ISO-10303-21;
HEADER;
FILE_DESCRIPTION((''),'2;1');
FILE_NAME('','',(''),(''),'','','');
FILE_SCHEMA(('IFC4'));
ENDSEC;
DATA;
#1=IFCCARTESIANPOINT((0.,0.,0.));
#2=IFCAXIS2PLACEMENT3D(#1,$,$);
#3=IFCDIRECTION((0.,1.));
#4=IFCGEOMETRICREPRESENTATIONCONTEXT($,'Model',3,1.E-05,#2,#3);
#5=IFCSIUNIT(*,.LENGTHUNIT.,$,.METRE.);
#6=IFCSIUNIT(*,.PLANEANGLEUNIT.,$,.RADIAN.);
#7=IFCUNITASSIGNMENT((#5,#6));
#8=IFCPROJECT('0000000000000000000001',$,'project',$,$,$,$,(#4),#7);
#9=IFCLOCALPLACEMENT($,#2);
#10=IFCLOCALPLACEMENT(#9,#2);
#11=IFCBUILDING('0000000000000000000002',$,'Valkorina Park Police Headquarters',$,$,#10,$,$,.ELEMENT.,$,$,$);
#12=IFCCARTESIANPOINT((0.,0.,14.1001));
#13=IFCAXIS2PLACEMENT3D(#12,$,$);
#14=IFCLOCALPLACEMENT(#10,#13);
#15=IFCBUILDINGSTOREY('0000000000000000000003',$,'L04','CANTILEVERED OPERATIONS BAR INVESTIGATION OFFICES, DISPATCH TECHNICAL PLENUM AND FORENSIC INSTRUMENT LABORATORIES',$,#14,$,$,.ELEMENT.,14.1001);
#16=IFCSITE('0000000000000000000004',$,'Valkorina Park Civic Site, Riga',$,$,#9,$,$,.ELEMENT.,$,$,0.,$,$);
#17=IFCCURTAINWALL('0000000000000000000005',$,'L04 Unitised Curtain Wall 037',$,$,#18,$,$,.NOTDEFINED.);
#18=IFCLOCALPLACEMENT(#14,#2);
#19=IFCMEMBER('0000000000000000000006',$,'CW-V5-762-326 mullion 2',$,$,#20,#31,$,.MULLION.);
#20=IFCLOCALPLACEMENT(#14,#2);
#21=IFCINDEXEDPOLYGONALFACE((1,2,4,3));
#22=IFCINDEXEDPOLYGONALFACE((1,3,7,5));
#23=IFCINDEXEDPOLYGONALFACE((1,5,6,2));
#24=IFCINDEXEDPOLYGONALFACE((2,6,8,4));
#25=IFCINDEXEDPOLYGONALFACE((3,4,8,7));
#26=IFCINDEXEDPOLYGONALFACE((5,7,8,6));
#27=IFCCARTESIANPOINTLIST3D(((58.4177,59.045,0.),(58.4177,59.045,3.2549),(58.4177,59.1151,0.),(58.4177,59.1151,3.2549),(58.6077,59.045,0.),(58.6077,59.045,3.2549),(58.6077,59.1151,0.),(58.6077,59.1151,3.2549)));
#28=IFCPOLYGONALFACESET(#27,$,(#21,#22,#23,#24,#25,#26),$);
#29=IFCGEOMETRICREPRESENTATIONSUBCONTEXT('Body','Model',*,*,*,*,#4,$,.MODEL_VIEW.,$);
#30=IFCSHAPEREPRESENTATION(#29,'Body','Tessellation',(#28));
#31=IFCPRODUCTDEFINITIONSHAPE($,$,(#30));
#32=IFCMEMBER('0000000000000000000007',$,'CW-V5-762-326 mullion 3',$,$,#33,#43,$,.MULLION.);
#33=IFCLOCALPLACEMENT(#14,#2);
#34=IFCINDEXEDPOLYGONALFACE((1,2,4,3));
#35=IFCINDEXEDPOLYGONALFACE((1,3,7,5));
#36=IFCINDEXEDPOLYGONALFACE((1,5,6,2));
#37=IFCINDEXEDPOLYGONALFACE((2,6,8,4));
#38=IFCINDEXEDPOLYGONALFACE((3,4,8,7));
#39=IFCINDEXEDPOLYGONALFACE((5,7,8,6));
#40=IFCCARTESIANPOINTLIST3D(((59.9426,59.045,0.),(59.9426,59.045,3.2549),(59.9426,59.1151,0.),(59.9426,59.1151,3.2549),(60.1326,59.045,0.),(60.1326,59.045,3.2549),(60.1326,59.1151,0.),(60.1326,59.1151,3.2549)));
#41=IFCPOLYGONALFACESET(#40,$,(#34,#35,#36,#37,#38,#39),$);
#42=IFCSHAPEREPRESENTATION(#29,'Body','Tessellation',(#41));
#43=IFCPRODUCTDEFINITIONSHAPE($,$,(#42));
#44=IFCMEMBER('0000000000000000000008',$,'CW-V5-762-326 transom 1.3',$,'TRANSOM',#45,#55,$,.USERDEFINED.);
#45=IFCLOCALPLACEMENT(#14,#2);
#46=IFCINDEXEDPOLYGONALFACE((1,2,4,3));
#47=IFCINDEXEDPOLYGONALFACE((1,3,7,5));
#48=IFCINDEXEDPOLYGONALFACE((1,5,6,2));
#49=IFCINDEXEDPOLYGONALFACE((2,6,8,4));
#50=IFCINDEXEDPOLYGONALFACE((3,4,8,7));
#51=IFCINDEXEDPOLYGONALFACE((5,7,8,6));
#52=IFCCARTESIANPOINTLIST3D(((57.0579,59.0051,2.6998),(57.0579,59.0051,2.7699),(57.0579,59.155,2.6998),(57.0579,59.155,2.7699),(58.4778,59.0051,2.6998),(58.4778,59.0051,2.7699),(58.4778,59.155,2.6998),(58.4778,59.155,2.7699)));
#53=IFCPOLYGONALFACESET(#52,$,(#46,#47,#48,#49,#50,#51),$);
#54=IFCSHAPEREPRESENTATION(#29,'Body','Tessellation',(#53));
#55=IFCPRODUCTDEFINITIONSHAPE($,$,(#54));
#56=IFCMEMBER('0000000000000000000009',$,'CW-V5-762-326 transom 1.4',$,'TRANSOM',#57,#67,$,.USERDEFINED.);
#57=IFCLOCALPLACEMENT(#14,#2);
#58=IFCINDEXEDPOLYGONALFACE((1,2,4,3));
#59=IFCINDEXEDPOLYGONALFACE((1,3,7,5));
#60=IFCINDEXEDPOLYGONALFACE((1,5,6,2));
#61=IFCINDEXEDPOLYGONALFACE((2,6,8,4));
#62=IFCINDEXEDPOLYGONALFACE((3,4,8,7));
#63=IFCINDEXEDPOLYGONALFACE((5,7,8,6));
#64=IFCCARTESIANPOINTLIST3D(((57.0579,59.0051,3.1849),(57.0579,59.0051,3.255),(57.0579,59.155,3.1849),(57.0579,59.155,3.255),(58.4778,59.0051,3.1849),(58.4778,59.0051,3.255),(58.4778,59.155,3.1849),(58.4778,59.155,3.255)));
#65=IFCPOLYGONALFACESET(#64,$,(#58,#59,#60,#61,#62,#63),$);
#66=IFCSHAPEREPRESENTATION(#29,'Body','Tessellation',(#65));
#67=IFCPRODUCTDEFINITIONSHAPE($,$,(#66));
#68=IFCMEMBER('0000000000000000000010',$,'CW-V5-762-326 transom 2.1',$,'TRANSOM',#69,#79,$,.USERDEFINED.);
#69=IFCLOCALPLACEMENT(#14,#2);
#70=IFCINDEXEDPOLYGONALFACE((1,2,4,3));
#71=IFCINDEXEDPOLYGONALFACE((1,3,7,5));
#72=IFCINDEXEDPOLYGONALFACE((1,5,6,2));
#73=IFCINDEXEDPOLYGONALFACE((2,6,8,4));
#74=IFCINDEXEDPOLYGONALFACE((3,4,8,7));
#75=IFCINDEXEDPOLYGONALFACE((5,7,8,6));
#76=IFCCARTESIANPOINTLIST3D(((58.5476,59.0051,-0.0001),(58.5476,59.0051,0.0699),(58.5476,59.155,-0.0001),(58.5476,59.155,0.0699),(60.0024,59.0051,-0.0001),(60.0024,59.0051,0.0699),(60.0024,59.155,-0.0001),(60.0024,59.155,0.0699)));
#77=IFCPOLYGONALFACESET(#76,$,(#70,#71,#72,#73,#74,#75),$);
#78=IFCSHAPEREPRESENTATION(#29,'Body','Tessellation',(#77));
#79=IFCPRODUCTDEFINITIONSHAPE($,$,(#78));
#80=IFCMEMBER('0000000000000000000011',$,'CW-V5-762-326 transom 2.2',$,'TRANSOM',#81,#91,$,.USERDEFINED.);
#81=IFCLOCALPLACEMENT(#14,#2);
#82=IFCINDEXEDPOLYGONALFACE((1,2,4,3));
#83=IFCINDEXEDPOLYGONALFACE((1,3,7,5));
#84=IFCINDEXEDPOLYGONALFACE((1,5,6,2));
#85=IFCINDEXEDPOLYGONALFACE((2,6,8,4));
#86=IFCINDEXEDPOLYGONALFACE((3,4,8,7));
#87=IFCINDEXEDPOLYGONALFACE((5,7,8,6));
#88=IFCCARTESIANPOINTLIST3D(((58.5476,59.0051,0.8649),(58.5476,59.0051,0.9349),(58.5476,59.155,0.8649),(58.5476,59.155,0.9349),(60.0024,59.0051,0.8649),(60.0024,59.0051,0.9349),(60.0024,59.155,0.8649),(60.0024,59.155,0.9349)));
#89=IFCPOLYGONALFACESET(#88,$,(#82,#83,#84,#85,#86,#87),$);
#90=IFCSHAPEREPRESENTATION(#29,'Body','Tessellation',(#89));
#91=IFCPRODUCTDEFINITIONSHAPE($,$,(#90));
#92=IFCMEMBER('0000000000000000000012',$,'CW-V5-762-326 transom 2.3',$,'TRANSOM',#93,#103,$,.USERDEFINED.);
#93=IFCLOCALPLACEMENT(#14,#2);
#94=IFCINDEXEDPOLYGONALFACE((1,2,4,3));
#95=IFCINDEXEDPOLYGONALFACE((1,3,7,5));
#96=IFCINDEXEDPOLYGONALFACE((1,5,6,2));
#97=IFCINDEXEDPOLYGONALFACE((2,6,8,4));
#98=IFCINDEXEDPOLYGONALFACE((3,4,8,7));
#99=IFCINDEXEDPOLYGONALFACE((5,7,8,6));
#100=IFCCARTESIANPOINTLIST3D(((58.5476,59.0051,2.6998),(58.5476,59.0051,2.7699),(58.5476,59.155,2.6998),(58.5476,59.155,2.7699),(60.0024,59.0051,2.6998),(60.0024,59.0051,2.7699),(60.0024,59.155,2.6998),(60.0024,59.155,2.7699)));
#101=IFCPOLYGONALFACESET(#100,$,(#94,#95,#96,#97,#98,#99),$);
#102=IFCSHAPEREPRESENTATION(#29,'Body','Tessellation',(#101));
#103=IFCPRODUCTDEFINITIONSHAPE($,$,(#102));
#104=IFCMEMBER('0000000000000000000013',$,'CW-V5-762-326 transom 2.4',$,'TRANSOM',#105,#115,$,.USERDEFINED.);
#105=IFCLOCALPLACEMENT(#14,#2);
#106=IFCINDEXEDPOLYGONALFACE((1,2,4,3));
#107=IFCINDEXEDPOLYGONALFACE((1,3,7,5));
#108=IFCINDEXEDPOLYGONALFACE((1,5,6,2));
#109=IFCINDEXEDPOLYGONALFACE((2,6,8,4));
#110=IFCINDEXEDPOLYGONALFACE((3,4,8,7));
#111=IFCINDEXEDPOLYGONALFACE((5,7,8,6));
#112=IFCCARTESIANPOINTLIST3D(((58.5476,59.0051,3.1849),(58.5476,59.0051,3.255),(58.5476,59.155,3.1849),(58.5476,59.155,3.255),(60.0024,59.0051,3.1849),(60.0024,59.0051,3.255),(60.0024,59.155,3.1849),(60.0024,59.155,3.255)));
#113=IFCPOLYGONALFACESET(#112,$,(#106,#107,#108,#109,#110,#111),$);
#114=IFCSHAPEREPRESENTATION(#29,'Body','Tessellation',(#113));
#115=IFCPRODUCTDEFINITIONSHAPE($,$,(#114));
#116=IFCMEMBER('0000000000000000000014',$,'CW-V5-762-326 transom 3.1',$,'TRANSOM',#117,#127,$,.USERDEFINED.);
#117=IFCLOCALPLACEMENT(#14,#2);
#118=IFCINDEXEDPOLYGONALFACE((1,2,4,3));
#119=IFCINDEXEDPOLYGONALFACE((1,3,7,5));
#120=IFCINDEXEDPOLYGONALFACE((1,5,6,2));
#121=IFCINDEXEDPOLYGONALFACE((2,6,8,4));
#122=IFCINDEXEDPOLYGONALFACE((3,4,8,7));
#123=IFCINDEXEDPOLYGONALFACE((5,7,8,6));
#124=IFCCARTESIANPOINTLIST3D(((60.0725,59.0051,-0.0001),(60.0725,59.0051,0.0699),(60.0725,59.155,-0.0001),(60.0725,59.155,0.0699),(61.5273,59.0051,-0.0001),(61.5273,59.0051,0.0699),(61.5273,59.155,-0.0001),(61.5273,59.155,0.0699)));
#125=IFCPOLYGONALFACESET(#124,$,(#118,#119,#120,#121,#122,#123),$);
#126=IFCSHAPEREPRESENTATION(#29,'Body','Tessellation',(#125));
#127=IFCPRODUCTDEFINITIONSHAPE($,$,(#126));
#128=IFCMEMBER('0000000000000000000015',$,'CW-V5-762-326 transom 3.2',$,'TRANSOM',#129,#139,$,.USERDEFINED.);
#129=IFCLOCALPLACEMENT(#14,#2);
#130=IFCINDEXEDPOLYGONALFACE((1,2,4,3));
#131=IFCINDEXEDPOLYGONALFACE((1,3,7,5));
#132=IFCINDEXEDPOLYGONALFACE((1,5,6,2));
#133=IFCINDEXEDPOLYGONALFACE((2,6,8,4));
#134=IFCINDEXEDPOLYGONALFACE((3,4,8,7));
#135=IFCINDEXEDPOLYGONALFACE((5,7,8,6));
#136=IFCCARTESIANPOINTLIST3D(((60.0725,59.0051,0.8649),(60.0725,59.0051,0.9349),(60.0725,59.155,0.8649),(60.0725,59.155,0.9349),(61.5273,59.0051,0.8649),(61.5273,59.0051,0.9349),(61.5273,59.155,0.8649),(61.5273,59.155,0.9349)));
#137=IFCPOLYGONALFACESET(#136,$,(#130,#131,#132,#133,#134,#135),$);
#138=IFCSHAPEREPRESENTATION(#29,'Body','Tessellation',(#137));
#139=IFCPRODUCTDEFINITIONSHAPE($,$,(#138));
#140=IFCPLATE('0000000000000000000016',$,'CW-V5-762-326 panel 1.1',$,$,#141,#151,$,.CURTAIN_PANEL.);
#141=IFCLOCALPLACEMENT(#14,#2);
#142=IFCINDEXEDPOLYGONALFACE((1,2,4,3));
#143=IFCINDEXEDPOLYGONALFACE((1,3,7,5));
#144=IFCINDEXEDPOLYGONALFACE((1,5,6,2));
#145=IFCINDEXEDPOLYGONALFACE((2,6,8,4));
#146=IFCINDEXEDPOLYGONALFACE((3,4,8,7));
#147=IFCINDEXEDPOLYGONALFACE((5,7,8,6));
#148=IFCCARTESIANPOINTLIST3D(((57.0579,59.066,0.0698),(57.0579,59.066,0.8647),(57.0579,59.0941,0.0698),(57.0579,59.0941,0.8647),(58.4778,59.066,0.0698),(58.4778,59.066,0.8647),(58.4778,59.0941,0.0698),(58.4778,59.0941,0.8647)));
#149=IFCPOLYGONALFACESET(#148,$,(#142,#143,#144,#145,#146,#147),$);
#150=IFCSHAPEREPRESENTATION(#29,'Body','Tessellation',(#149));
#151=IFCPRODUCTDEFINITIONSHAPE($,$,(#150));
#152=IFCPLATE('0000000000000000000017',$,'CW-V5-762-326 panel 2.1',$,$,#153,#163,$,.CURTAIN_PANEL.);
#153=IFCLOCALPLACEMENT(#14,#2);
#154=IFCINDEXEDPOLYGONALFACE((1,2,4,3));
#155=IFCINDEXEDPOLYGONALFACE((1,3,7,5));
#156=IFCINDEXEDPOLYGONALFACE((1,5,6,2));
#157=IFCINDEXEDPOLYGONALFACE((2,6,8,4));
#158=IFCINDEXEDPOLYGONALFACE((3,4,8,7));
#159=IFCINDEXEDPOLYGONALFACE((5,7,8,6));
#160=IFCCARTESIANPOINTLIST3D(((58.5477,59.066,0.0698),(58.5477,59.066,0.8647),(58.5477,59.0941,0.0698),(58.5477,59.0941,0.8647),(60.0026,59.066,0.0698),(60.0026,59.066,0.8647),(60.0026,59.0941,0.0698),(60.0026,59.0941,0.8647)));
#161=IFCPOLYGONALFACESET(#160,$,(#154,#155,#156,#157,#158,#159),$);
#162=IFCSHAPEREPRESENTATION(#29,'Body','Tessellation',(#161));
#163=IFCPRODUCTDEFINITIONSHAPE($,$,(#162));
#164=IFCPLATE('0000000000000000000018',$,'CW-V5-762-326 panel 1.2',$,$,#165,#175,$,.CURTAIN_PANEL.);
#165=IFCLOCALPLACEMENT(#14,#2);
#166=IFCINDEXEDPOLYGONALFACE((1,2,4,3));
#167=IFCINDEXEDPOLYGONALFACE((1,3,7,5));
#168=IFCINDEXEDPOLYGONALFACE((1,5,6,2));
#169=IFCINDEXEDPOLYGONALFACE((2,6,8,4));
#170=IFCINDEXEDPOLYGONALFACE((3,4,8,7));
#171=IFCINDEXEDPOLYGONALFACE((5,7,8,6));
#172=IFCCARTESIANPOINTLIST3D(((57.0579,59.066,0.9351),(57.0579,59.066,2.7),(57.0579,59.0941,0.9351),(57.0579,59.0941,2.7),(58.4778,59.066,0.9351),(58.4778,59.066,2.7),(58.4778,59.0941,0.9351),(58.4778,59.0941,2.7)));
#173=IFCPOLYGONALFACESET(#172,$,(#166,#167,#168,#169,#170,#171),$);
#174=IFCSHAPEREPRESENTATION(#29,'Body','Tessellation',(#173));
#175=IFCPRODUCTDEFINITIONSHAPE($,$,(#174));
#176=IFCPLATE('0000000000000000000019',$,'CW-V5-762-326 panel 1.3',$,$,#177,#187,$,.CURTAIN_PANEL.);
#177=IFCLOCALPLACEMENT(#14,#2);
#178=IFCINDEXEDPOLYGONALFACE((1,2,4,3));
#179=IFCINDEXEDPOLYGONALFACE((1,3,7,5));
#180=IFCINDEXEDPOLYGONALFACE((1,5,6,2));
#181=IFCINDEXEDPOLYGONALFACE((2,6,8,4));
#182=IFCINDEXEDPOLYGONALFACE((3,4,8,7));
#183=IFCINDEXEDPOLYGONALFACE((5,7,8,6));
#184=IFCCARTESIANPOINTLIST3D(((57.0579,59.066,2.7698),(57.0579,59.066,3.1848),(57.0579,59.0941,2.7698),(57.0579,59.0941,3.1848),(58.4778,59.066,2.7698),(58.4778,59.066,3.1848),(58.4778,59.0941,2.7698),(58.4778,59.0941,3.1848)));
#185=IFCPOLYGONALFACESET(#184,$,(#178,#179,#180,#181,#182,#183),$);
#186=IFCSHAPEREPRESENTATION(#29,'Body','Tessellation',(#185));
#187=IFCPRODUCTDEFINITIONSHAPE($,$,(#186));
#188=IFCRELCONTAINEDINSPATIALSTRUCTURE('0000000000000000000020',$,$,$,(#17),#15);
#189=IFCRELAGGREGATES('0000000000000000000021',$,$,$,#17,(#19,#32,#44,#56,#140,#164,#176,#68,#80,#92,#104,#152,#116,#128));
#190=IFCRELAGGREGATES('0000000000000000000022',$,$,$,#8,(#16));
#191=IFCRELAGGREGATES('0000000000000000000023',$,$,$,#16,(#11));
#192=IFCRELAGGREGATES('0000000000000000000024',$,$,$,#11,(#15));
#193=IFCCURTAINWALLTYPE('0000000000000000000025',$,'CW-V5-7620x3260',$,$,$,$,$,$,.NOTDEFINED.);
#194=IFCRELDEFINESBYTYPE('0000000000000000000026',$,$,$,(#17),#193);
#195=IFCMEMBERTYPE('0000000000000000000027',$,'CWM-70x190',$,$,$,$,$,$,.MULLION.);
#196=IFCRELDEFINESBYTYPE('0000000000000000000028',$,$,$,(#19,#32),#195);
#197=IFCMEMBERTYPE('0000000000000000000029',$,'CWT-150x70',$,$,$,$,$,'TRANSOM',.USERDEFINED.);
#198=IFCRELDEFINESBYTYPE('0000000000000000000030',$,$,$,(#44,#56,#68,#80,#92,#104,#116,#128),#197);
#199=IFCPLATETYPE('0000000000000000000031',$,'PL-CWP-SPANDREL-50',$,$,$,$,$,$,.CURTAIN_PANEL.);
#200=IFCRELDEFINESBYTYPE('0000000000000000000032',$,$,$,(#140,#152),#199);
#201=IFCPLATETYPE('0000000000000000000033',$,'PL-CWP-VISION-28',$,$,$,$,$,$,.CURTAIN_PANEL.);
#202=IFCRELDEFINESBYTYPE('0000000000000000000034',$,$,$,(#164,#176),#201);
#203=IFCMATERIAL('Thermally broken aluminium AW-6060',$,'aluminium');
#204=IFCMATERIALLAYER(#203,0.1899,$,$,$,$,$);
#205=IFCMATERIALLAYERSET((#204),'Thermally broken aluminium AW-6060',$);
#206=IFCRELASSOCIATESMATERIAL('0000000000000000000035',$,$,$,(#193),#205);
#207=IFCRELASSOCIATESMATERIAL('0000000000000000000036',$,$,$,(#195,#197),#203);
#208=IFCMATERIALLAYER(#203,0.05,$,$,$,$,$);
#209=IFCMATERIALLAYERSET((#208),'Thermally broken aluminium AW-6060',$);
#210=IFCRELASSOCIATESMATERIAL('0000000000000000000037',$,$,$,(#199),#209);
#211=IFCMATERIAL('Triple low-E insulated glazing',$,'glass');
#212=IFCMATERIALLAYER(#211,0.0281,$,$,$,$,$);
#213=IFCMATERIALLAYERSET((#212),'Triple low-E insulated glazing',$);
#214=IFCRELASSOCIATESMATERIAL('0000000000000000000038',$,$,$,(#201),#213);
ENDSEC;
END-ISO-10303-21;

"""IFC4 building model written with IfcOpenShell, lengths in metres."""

from ifc_helpers import new_model, si_unit, direction, frame, origin, origin_2d, place, context, subcontext, project, spatial, rectangle, extrude, material, layer, layer_set, material_profile, profile_set, type_object, element, aggregate, save


model = new_model("IFC4")

# Units and contexts
model_context = context("Model", 3, precision=1e-05, world=origin(), true_north=direction((0.0, 1.0)))
body_context = subcontext(model_context, "Body", "Model", "MODEL_VIEW")
ifc_project = project(units=[si_unit("LENGTHUNIT", "METRE"), si_unit("PLANEANGLEUNIT", "RADIAN")], contexts=[model_context])

# Site, building, storey
site_placement = place(None, origin())
site = spatial("IfcSite", under=ifc_project, at=site_placement, Name="Valkorina Park Civic Site, Riga", CompositionType="ELEMENT", RefElevation=0.0)
building_placement = place(site_placement, origin())
building = spatial("IfcBuilding", under=site, at=building_placement, Name="Valkorina Park Police Headquarters", CompositionType="ELEMENT")
storey_placement = place(building_placement, frame((0.0, 0.0, 14.1001)))
storey = spatial("IfcBuildingStorey", under=building, at=storey_placement, Name="L04", Description="CANTILEVERED OPERATIONS BAR INVESTIGATION OFFICES, DISPATCH TECHNICAL PLENUM AND FORENSIC INSTRUMENT LABORATORIES", CompositionType="ELEMENT", Elevation=14.1001)

# Curtain wall, members, plates
ifc_material_1 = material(Name="Thermally broken aluminium AW-6060", Category="aluminium")
ifc_layer_1 = layer(ifc_material_1, 0.1899)
ifc_layer_set_1 = layer_set([ifc_layer_1], Name="Thermally broken aluminium AW-6060")
curtain_wall_type = type_object("IfcCurtainWallType", Name="CW-V5-7620x3260", PredefinedType="NOTDEFINED", material=ifc_layer_set_1)
curtain_wall_placement = place(storey_placement, origin())
curtain_wall = element("IfcCurtainWall", 1, at=curtain_wall_placement, inside=storey, type_object=curtain_wall_type, Name="L04 Unitised Curtain Wall 037", PredefinedType="NOTDEFINED")
ifc_material_profile_1 = material_profile(ifc_material_1, rectangle(XDim=0.0701, YDim=0.1899, at=origin_2d()), Name="CWM-02 70x190")
ifc_profile_set_1 = profile_set([ifc_material_profile_1], Name="Thermally broken aluminium AW-6060")
member_type_1 = type_object("IfcMemberType", Name="CWM-70x190", PredefinedType="MULLION", material=ifc_profile_set_1)
member_1_placement = place(storey_placement, frame((58.5127, 59.0801, 0.0), z_axis=(0.0, 0.0, 1.0), x_axis=(0.0, 1.0, 0.0)))
member_1 = element("IfcMember", 2, at=member_1_placement, type_object=member_type_1, Name="CW-V5-762-326 mullion 2", PredefinedType="MULLION", context=body_context, shape_type="SweptSolid", body=[
    extrude(rectangle(XDim=0.0701, YDim=0.1899, at=origin_2d()), origin(), (0.0, 0.0, 1.0), 3.2549),
])
member_2_placement = place(storey_placement, frame((60.0376, 59.0801, 0.0), z_axis=(0.0, 0.0, 1.0), x_axis=(0.0, 1.0, 0.0)))
member_2 = element("IfcMember", 3, at=member_2_placement, type_object=member_type_1, Name="CW-V5-762-326 mullion 3", PredefinedType="MULLION", context=body_context, shape_type="SweptSolid", body=[
    extrude(rectangle(XDim=0.0701, YDim=0.1899, at=origin_2d()), origin(), (0.0, 0.0, 1.0), 3.2549),
])
ifc_material_profile_2 = material_profile(ifc_material_1, rectangle(XDim=0.1499, YDim=0.0701, at=origin_2d()), Name="CWT-02 150x70")
ifc_profile_set_2 = profile_set([ifc_material_profile_2], Name="Thermally broken aluminium AW-6060")
member_type_2 = type_object("IfcMemberType", Name="CWT-150x70", ElementType="TRANSOM", PredefinedType="USERDEFINED", material=ifc_profile_set_2)
member_3_placement = place(storey_placement, frame((57.0579, 59.0801, 2.7349), z_axis=(1.0, 0.0, 0.0), x_axis=(0.0, 1.0, 0.0)))
member_3 = element("IfcMember", 4, at=member_3_placement, type_object=member_type_2, Name="CW-V5-762-326 transom 1.3", ObjectType="TRANSOM", PredefinedType="USERDEFINED", context=body_context, shape_type="SweptSolid", body=[
    extrude(rectangle(XDim=0.1499, YDim=0.0701, at=origin_2d()), origin(), (0.0, 0.0, 1.0), 1.4199),
])
member_4_placement = place(storey_placement, frame((57.0579, 59.0801, 3.22), z_axis=(1.0, 0.0, 0.0), x_axis=(0.0, 1.0, 0.0)))
member_4 = element("IfcMember", 5, at=member_4_placement, type_object=member_type_2, Name="CW-V5-762-326 transom 1.4", ObjectType="TRANSOM", PredefinedType="USERDEFINED", context=body_context, shape_type="SweptSolid", body=[
    extrude(rectangle(XDim=0.1499, YDim=0.0701, at=origin_2d()), origin(), (0.0, 0.0, 1.0), 1.4199),
])
member_5_placement = place(storey_placement, frame((58.5476, 59.0801, 0.0349), z_axis=(1.0, 0.0, 0.0), x_axis=(0.0, 1.0, 0.0)))
member_5 = element("IfcMember", 6, at=member_5_placement, type_object=member_type_2, Name="CW-V5-762-326 transom 2.1", ObjectType="TRANSOM", PredefinedType="USERDEFINED", context=body_context, shape_type="SweptSolid", body=[
    extrude(rectangle(XDim=0.1499, YDim=0.0701, at=origin_2d()), origin(), (0.0, 0.0, 1.0), 1.4548),
])
member_6_placement = place(storey_placement, frame((58.5476, 59.0801, 0.8999), z_axis=(1.0, 0.0, 0.0), x_axis=(0.0, 1.0, 0.0)))
member_6 = element("IfcMember", 7, at=member_6_placement, type_object=member_type_2, Name="CW-V5-762-326 transom 2.2", ObjectType="TRANSOM", PredefinedType="USERDEFINED", context=body_context, shape_type="SweptSolid", body=[
    extrude(rectangle(XDim=0.1499, YDim=0.0701, at=origin_2d()), origin(), (0.0, 0.0, 1.0), 1.4548),
])
member_7_placement = place(storey_placement, frame((58.5476, 59.0801, 2.7349), z_axis=(1.0, 0.0, 0.0), x_axis=(0.0, 1.0, 0.0)))
member_7 = element("IfcMember", 8, at=member_7_placement, type_object=member_type_2, Name="CW-V5-762-326 transom 2.3", ObjectType="TRANSOM", PredefinedType="USERDEFINED", context=body_context, shape_type="SweptSolid", body=[
    extrude(rectangle(XDim=0.1499, YDim=0.0701, at=origin_2d()), origin(), (0.0, 0.0, 1.0), 1.4548),
])
member_8_placement = place(storey_placement, frame((58.5476, 59.0801, 3.22), z_axis=(1.0, 0.0, 0.0), x_axis=(0.0, 1.0, 0.0)))
member_8 = element("IfcMember", 9, at=member_8_placement, type_object=member_type_2, Name="CW-V5-762-326 transom 2.4", ObjectType="TRANSOM", PredefinedType="USERDEFINED", context=body_context, shape_type="SweptSolid", body=[
    extrude(rectangle(XDim=0.1499, YDim=0.0701, at=origin_2d()), origin(), (0.0, 0.0, 1.0), 1.4548),
])
member_9_placement = place(storey_placement, frame((60.0725, 59.0801, 0.0349), z_axis=(1.0, 0.0, 0.0), x_axis=(0.0, 1.0, 0.0)))
member_9 = element("IfcMember", 10, at=member_9_placement, type_object=member_type_2, Name="CW-V5-762-326 transom 3.1", ObjectType="TRANSOM", PredefinedType="USERDEFINED", context=body_context, shape_type="SweptSolid", body=[
    extrude(rectangle(XDim=0.1499, YDim=0.0701, at=origin_2d()), origin(), (0.0, 0.0, 1.0), 1.4548),
])
member_10_placement = place(storey_placement, frame((60.0725, 59.0801, 0.8999), z_axis=(1.0, 0.0, 0.0), x_axis=(0.0, 1.0, 0.0)))
member_10 = element("IfcMember", 11, at=member_10_placement, type_object=member_type_2, Name="CW-V5-762-326 transom 3.2", ObjectType="TRANSOM", PredefinedType="USERDEFINED", context=body_context, shape_type="SweptSolid", body=[
    extrude(rectangle(XDim=0.1499, YDim=0.0701, at=origin_2d()), origin(), (0.0, 0.0, 1.0), 1.4548),
])
ifc_layer_2 = layer(ifc_material_1, 0.05)
ifc_layer_set_2 = layer_set([ifc_layer_2], Name="Thermally broken aluminium AW-6060")
plate_type_1 = type_object("IfcPlateType", Name="PL-CWP-SPANDREL-50", PredefinedType="CURTAIN_PANEL", material=ifc_layer_set_2)
plate_1_placement = place(storey_placement, frame((57.7678, 59.0801, 0.0698), z_axis=(0.0, 0.0, 1.0), x_axis=(1.0, 0.0, 0.0)))
plate_1 = element("IfcPlate", 12, at=plate_1_placement, type_object=plate_type_1, Name="CW-V5-762-326 panel 1.1", PredefinedType="CURTAIN_PANEL", context=body_context, shape_type="SweptSolid", body=[
    extrude(rectangle(XDim=1.4199, YDim=0.0281, at=origin_2d()), origin(), (0.0, 0.0, 1.0), 0.7949),
])
plate_2_placement = place(storey_placement, frame((59.2751, 59.0801, 0.0698), z_axis=(0.0, 0.0, 1.0), x_axis=(1.0, 0.0, 0.0)))
plate_2 = element("IfcPlate", 13, at=plate_2_placement, type_object=plate_type_1, Name="CW-V5-762-326 panel 2.1", PredefinedType="CURTAIN_PANEL", context=body_context, shape_type="SweptSolid", body=[
    extrude(rectangle(XDim=1.4548, YDim=0.0281, at=origin_2d()), origin(), (0.0, 0.0, 1.0), 0.7949),
])
ifc_material_2 = material(Name="Triple low-E insulated glazing", Category="glass")
ifc_layer_3 = layer(ifc_material_2, 0.0281)
ifc_layer_set_3 = layer_set([ifc_layer_3], Name="Triple low-E insulated glazing")
plate_type_2 = type_object("IfcPlateType", Name="PL-CWP-VISION-28", PredefinedType="CURTAIN_PANEL", material=ifc_layer_set_3)
plate_3_placement = place(storey_placement, frame((57.7678, 59.0801, 0.9351), z_axis=(0.0, 0.0, 1.0), x_axis=(1.0, 0.0, 0.0)))
plate_3 = element("IfcPlate", 14, at=plate_3_placement, type_object=plate_type_2, Name="CW-V5-762-326 panel 1.2", PredefinedType="CURTAIN_PANEL", context=body_context, shape_type="SweptSolid", body=[
    extrude(rectangle(XDim=1.4199, YDim=0.0281, at=origin_2d()), origin(), (0.0, 0.0, 1.0), 1.7649),
])
plate_4_placement = place(storey_placement, frame((57.7678, 59.0801, 2.7698), z_axis=(0.0, 0.0, 1.0), x_axis=(1.0, 0.0, 0.0)))
plate_4 = element("IfcPlate", 15, at=plate_4_placement, type_object=plate_type_2, Name="CW-V5-762-326 panel 1.3", PredefinedType="CURTAIN_PANEL", context=body_context, shape_type="SweptSolid", body=[
    extrude(rectangle(XDim=1.4199, YDim=0.0281, at=origin_2d()), origin(), (0.0, 0.0, 1.0), 0.415),
])
aggregate(curtain_wall, [member_1, member_2, member_3, member_4, plate_1, plate_3, plate_4, member_5, member_6, member_7, member_8, plate_2, member_9, member_10])

save(model, "model.ifc")
